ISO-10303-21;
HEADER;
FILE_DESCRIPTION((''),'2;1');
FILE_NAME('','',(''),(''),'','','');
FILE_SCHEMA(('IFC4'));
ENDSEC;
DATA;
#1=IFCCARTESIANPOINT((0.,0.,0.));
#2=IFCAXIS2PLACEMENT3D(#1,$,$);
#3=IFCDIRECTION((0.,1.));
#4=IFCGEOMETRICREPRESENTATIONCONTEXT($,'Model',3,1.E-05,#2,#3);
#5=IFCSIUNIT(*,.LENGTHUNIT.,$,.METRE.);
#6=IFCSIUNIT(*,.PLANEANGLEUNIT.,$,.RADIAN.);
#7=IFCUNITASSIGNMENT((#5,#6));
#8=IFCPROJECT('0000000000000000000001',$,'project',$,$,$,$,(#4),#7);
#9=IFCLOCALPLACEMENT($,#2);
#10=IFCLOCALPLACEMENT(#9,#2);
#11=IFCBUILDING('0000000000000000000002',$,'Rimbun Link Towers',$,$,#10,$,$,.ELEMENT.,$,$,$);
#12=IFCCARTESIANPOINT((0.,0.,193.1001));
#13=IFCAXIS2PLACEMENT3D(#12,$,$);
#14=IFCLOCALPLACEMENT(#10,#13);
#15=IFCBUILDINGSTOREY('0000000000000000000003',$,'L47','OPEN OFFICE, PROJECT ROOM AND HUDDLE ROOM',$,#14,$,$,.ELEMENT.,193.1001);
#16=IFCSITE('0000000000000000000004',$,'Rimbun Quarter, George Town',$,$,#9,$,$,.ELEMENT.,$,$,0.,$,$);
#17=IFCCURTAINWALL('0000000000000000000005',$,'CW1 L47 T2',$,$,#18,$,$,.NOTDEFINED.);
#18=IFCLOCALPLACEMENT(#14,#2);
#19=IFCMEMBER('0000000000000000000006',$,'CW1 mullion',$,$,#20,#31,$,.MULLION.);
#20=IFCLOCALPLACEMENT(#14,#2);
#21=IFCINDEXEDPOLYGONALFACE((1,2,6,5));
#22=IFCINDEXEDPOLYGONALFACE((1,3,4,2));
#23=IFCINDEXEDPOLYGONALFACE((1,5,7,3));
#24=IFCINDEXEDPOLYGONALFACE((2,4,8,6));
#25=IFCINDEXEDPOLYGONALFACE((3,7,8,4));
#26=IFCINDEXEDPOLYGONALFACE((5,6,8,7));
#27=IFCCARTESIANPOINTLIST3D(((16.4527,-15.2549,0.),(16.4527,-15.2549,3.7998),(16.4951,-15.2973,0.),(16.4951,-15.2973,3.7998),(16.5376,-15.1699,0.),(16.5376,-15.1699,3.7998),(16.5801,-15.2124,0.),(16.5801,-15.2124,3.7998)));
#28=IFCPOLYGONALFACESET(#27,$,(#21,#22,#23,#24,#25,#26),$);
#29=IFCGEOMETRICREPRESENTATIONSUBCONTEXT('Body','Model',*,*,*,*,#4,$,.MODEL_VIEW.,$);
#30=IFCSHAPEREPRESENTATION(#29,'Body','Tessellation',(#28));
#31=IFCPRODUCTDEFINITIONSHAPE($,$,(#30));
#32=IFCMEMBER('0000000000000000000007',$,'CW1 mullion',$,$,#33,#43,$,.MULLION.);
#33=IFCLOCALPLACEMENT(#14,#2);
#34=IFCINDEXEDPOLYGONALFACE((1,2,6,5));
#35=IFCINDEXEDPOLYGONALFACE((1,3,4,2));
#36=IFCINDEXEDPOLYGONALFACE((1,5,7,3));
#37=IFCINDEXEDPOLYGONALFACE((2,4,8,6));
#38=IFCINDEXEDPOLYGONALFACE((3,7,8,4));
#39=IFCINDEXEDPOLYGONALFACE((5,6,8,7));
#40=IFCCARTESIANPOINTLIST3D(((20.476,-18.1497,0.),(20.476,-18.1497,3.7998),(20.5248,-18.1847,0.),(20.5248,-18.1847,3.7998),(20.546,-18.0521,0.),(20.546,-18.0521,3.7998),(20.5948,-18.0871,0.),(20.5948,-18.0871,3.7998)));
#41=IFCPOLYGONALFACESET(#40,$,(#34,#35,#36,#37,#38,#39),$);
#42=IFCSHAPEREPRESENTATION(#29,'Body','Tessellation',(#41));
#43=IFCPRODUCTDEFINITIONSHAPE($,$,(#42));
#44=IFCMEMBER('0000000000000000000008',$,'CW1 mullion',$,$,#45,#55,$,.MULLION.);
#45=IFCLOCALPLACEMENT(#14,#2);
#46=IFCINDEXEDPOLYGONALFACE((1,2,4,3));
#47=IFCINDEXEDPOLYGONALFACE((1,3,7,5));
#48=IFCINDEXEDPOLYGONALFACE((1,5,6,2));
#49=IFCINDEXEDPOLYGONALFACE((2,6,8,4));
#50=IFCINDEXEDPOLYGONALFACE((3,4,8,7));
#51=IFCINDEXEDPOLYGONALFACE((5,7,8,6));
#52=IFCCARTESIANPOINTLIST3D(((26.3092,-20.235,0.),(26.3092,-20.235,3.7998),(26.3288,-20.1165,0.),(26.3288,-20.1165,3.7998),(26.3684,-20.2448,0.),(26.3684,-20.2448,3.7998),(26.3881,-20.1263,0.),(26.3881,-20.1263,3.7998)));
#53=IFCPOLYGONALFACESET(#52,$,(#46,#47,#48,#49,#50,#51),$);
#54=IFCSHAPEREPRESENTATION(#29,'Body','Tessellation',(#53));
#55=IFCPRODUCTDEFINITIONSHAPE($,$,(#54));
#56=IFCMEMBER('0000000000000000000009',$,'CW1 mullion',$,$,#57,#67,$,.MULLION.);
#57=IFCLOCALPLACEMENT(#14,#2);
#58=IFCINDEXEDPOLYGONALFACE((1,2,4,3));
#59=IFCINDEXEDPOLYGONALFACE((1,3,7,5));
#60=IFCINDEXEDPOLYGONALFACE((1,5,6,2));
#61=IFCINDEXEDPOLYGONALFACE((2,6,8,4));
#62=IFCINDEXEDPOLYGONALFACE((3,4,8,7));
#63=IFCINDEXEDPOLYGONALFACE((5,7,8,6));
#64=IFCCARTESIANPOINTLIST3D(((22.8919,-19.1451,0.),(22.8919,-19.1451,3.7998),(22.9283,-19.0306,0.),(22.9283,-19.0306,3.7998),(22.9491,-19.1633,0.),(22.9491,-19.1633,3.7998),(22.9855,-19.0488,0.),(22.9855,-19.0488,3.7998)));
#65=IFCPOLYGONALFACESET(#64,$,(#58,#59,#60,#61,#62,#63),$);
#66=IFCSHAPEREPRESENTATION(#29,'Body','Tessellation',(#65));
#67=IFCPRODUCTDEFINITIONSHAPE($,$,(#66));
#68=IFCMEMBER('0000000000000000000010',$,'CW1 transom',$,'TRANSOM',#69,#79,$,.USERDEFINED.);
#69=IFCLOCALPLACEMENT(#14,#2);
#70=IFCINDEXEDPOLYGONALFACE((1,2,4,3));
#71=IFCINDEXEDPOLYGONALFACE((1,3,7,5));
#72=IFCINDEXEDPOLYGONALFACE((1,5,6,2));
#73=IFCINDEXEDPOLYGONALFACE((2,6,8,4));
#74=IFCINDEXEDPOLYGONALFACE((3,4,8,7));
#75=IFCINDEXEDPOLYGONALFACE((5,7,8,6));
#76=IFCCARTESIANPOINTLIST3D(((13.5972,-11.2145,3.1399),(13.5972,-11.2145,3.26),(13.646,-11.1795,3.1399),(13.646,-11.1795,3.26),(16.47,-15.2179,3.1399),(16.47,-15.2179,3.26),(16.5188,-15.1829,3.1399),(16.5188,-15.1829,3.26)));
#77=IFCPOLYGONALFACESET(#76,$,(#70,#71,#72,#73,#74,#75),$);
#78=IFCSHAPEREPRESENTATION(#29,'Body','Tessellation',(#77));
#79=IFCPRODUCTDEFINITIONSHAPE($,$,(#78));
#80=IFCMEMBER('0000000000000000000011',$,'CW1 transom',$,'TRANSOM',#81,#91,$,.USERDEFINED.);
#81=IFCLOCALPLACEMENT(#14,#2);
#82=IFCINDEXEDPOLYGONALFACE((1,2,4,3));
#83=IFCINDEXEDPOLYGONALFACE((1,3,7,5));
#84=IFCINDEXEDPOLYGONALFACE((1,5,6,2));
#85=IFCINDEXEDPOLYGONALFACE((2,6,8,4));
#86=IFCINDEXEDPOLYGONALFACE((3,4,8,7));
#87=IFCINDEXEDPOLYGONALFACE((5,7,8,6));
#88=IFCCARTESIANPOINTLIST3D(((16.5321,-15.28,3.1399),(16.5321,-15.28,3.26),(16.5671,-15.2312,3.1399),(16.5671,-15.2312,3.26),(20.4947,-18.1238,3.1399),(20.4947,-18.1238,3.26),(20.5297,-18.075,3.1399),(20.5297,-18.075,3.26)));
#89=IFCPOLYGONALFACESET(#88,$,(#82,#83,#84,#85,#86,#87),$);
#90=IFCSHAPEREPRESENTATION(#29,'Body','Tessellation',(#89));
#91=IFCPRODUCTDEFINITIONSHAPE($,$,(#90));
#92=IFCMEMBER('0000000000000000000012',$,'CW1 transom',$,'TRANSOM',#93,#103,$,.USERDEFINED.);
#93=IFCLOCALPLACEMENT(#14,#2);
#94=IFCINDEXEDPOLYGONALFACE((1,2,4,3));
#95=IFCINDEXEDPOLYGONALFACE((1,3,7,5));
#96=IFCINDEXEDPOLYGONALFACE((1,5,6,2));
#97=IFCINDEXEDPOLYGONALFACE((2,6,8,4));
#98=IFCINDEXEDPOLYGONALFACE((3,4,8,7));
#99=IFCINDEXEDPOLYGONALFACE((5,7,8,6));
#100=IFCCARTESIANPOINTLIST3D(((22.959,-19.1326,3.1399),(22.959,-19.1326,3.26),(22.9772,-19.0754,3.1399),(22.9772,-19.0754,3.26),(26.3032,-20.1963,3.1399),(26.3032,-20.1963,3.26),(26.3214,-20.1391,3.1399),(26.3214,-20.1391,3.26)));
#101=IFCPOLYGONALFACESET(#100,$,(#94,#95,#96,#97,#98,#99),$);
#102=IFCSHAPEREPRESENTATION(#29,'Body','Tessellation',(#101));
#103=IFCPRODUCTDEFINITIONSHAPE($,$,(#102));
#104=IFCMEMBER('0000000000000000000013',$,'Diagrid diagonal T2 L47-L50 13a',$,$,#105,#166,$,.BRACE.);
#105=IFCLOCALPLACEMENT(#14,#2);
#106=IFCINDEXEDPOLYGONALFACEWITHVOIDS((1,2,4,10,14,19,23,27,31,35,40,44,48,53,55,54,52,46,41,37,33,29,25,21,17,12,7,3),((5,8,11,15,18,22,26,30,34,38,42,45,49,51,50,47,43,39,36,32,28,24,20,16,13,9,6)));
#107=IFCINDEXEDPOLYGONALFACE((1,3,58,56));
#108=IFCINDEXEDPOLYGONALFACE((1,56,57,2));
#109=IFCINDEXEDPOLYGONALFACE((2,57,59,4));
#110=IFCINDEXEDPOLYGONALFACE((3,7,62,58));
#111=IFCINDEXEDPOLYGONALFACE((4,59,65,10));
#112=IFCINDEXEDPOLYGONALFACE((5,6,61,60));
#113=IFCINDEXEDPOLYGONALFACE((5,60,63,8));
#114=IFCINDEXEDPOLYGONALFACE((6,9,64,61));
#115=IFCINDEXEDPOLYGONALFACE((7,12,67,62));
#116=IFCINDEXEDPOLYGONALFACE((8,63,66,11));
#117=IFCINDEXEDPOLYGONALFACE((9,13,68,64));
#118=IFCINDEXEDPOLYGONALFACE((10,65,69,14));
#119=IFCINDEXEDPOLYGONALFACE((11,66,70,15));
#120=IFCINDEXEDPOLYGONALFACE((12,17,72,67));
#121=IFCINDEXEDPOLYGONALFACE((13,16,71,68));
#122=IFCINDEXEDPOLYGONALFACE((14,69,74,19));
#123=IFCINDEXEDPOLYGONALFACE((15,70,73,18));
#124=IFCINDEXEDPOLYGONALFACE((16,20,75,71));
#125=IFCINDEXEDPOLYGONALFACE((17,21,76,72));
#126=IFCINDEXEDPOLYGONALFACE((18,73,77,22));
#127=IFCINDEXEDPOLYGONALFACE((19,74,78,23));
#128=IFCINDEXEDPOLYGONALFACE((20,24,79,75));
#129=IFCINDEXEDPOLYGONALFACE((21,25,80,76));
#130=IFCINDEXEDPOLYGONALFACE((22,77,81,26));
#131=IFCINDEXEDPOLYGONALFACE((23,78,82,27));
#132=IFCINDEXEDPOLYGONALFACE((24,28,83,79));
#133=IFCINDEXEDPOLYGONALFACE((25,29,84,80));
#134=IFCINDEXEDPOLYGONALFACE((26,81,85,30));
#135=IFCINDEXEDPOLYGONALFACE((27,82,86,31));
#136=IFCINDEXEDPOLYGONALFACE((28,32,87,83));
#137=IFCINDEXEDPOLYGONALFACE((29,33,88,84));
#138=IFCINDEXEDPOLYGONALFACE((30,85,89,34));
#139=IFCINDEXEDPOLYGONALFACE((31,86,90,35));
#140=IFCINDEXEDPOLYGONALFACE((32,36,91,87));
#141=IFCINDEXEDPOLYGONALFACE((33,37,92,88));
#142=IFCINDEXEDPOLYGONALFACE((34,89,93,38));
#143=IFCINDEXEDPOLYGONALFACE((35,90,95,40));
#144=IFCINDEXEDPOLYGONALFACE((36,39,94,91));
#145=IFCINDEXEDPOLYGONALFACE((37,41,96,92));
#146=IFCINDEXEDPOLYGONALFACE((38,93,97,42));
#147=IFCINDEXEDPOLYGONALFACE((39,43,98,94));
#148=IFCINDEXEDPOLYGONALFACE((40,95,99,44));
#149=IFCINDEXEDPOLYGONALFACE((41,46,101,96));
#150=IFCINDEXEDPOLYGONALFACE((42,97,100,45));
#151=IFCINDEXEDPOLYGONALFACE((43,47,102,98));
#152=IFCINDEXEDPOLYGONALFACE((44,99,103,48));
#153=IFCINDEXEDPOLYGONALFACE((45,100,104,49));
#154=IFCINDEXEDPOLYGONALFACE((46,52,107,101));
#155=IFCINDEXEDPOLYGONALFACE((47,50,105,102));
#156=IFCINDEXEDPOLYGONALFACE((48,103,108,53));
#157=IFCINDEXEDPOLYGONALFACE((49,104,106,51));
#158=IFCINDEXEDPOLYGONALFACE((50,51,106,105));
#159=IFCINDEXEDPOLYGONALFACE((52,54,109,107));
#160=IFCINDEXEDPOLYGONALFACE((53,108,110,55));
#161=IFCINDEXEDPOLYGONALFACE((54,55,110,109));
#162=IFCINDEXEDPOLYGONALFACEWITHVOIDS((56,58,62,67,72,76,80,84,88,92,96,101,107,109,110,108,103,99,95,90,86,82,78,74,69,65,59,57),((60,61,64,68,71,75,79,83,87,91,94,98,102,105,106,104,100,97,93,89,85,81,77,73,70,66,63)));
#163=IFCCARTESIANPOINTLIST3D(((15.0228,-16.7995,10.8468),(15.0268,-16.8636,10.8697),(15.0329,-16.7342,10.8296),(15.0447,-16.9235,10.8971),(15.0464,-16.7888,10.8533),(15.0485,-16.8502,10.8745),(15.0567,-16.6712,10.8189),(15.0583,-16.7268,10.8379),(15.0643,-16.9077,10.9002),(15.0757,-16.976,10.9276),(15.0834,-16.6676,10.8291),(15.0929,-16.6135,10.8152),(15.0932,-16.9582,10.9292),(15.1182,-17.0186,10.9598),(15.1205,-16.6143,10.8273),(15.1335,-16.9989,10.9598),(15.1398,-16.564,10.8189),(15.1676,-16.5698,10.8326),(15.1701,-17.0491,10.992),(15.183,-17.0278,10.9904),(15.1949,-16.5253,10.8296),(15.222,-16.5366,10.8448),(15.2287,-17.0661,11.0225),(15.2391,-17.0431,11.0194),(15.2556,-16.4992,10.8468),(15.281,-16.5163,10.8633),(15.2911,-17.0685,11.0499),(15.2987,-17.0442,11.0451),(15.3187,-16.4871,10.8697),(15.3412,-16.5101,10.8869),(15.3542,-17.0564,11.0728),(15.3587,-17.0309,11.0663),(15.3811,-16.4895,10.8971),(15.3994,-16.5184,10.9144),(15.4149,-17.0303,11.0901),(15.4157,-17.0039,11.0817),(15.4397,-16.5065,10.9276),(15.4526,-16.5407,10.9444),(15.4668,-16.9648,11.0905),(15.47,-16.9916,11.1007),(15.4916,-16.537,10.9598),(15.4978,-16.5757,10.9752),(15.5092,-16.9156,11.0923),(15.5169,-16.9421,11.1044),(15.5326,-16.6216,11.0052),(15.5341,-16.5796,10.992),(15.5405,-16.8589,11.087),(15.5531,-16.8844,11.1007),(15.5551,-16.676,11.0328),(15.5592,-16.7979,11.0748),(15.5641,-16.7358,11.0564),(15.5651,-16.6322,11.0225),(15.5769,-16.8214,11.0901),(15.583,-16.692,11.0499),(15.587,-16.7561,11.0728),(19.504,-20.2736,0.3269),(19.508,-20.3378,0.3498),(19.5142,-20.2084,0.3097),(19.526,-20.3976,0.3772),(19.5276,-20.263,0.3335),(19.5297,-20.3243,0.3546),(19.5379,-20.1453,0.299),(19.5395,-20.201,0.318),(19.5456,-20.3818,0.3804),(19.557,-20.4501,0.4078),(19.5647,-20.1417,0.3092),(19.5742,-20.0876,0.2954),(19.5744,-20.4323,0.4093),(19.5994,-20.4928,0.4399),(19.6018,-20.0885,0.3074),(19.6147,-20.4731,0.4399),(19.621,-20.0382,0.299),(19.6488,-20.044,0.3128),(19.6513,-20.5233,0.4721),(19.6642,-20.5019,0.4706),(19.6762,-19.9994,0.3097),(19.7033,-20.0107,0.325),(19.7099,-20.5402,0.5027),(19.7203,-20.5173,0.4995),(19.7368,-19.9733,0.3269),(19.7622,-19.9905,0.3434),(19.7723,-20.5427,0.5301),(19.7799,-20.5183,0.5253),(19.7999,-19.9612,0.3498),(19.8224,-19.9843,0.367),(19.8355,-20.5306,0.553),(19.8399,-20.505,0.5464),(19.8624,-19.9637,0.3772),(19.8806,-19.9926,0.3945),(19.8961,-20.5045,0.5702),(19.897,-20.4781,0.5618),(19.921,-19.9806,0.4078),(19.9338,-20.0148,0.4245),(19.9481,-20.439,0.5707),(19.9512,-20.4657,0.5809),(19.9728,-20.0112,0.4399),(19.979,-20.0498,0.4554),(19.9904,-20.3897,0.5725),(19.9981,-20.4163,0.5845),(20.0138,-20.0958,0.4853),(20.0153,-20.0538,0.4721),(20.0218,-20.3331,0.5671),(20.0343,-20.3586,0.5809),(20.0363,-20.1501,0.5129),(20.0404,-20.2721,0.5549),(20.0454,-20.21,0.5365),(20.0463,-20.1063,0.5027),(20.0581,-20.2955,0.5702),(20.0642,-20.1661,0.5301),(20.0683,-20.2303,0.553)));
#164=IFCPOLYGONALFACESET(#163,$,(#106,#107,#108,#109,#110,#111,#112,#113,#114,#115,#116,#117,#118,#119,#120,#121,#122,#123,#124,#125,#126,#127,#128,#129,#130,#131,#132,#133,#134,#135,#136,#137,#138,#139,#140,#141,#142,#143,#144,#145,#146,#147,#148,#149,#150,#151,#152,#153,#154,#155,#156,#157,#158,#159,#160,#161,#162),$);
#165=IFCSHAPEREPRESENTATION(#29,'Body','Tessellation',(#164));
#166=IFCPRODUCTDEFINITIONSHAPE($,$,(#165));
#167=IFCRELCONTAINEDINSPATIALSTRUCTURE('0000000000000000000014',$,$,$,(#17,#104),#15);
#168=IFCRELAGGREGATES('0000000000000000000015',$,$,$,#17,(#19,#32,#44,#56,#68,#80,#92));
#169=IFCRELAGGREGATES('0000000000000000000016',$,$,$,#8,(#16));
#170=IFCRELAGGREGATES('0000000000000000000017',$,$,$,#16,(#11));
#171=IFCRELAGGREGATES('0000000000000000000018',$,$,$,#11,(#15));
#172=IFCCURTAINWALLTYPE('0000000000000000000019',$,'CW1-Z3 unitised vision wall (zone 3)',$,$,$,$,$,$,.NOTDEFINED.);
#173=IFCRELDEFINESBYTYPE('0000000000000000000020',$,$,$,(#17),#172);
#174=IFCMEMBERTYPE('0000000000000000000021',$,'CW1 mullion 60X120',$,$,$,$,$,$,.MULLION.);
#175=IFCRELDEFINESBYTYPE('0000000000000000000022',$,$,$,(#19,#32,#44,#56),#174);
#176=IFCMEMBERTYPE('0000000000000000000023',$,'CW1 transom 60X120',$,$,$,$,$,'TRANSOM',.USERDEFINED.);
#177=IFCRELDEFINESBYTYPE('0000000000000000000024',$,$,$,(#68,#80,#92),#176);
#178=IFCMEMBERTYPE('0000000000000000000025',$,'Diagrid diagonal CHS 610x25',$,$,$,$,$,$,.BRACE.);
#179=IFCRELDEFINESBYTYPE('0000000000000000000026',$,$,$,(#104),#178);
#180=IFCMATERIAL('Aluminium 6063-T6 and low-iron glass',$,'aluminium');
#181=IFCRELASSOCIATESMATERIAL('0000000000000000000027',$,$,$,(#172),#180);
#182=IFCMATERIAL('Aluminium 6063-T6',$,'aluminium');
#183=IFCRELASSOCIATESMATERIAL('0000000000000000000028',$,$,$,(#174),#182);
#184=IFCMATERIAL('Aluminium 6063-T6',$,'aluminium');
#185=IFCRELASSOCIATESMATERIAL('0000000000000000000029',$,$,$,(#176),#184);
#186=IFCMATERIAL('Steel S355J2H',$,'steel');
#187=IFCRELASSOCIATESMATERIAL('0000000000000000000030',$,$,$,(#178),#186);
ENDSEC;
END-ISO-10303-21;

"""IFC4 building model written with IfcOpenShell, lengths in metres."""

from ifc_helpers import new_model, si_unit, direction, frame, origin, origin_2d, place, context, subcontext, project, spatial, rectangle, hollow_circle, extrude, material, material_profile, profile_set, type_object, element, aggregate, save


model = new_model("IFC4")

# Units and contexts
model_context = context("Model", 3, precision=1e-05, world=origin(), true_north=direction((0.0, 1.0)))
body_context = subcontext(model_context, "Body", "Model", "MODEL_VIEW")
ifc_project = project(units=[si_unit("LENGTHUNIT", "METRE"), si_unit("PLANEANGLEUNIT", "RADIAN")], contexts=[model_context])

# Site, building, storey
site_placement = place(None, origin())
site = spatial("IfcSite", under=ifc_project, at=site_placement, Name="Rimbun Quarter, George Town", CompositionType="ELEMENT", RefElevation=0.0)
building_placement = place(site_placement, origin())
building = spatial("IfcBuilding", under=site, at=building_placement, Name="Rimbun Link Towers", CompositionType="ELEMENT")
storey_placement = place(building_placement, frame((0.0, 0.0, 193.1001)))
storey = spatial("IfcBuildingStorey", under=building, at=storey_placement, Name="L47", Description="OPEN OFFICE, PROJECT ROOM AND HUDDLE ROOM", CompositionType="ELEMENT", Elevation=193.1001)

# Curtain wall, members
ifc_material_1 = material(Name="Aluminium 6063-T6 and low-iron glass", Category="aluminium")
curtain_wall_type = type_object("IfcCurtainWallType", Name="CW1-Z3 unitised vision wall (zone 3)", PredefinedType="NOTDEFINED", material=ifc_material_1)
curtain_wall_placement = place(storey_placement, origin())
curtain_wall = element("IfcCurtainWall", 1, at=curtain_wall_placement, inside=storey, type_object=curtain_wall_type, Name="CW1 L47 T2", PredefinedType="NOTDEFINED")
ifc_material_2 = material(Name="Aluminium 6063-T6", Category="aluminium")
ifc_material_profile_1 = material_profile(ifc_material_2, rectangle(XDim=0.1201, YDim=0.0601, at=origin_2d()), Name="MULLION 60X120")
ifc_profile_set_1 = profile_set([ifc_material_profile_1], Name="Aluminium 6063-T6")
member_type_1 = type_object("IfcMemberType", Name="CW1 mullion 60X120", PredefinedType="MULLION", material=ifc_profile_set_1)
member_1_placement = place(storey_placement, frame((16.5164, -15.2336, 0.0), z_axis=(0.0, 0.0, 1.0), x_axis=(-0.707107, -0.707107, 0.0)))
member_1 = element("IfcMember", 2, at=member_1_placement, type_object=member_type_1, Name="CW1 mullion", PredefinedType="MULLION", context=body_context, shape_type="SweptSolid", body=[
    extrude(rectangle(XDim=0.1201, YDim=0.0601, at=origin_2d()), origin(), (0.0, 0.0, 1.0), 3.7998),
])
member_2_placement = place(storey_placement, frame((20.5354, -18.1184, 0.0), z_axis=(0.0, 0.0, 1.0), x_axis=(-0.583009, -0.812465, 0.0)))
member_2 = element("IfcMember", 3, at=member_2_placement, type_object=member_type_1, Name="CW1 mullion", PredefinedType="MULLION", context=body_context, shape_type="SweptSolid", body=[
    extrude(rectangle(XDim=0.1201, YDim=0.0601, at=origin_2d()), origin(), (0.0, 0.0, 1.0), 3.7998),
])
member_3_placement = place(storey_placement, frame((26.3486, -20.1807, 0.0), z_axis=(0.0, 0.0, 1.0), x_axis=(-0.16375, -0.986502, 0.0)))
member_3 = element("IfcMember", 4, at=member_3_placement, type_object=member_type_1, Name="CW1 mullion", PredefinedType="MULLION", context=body_context, shape_type="SweptSolid", body=[
    extrude(rectangle(XDim=0.1201, YDim=0.0601, at=origin_2d()), origin(), (0.0, 0.0, 1.0), 3.7998),
])
member_4_placement = place(storey_placement, frame((22.9387, -19.0969, 0.0), z_axis=(0.0, 0.0, 1.0), x_axis=(-0.303071, -0.952968, 0.0)))
member_4 = element("IfcMember", 5, at=member_4_placement, type_object=member_type_1, Name="CW1 mullion", PredefinedType="MULLION", context=body_context, shape_type="SweptSolid", body=[
    extrude(rectangle(XDim=0.1201, YDim=0.0601, at=origin_2d()), origin(), (0.0, 0.0, 1.0), 3.7998),
])
ifc_material_3 = material(Name="Aluminium 6063-T6", Category="aluminium")
ifc_material_profile_2 = material_profile(ifc_material_3, rectangle(XDim=0.0601, YDim=0.1201, at=origin_2d()), Name="TRANSOM 60X120")
ifc_profile_set_2 = profile_set([ifc_material_profile_2], Name="Aluminium 6063-T6")
member_type_2 = type_object("IfcMemberType", Name="CW1 transom 60X120", ElementType="TRANSOM", PredefinedType="USERDEFINED", material=ifc_profile_set_2)
member_5_placement = place(storey_placement, frame((16.4944, -15.2004, 3.2), z_axis=(-0.583013, 0.812463, 0.0), x_axis=(-0.812463, -0.583013, 0.0)))
member_5 = element("IfcMember", 6, at=member_5_placement, type_object=member_type_2, Name="CW1 transom", ObjectType="TRANSOM", PredefinedType="USERDEFINED", context=body_context, shape_type="SweptSolid", body=[
    extrude(rectangle(XDim=0.0601, YDim=0.1201, at=origin_2d()), origin(), (0.0, 0.0, 1.0), 4.9275),
])
member_6_placement = place(storey_placement, frame((20.5122, -18.0994, 3.2), z_axis=(-0.812443, 0.583041, 0.0), x_axis=(-0.583041, -0.812443, 0.0)))
member_6 = element("IfcMember", 7, at=member_6_placement, type_object=member_type_2, Name="CW1 transom", ObjectType="TRANSOM", PredefinedType="USERDEFINED", context=body_context, shape_type="SweptSolid", body=[
    extrude(rectangle(XDim=0.0601, YDim=0.1201, at=origin_2d()), origin(), (0.0, 0.0, 1.0), 4.8774),
])
member_7_placement = place(storey_placement, frame((26.3123, -20.1677, 3.2), z_axis=(-0.952955, 0.303112, 0.0), x_axis=(-0.303112, -0.952955, 0.0)))
member_7 = element("IfcMember", 8, at=member_7_placement, type_object=member_type_2, Name="CW1 transom", ObjectType="TRANSOM", PredefinedType="USERDEFINED", context=body_context, shape_type="SweptSolid", body=[
    extrude(rectangle(XDim=0.0601, YDim=0.1201, at=origin_2d()), origin(), (0.0, 0.0, 1.0), 3.5093),
])

# Member
ifc_material_4 = material(Name="Steel S355J2H", Category="steel")
ifc_material_profile_3 = material_profile(ifc_material_4, hollow_circle(Radius=0.3047, WallThickness=0.0249, at=origin_2d()), Name="Diagrid diagonal CHS 610x25")
ifc_profile_set_3 = profile_set([ifc_material_profile_3], Name="Steel S355J2H")
member_type_3 = type_object("IfcMemberType", Name="Diagrid diagonal CHS 610x25", PredefinedType="BRACE", material=ifc_profile_set_3)
member_8_placement = place(storey_placement, frame((19.7861, -20.252, 0.4399), z_axis=(-0.374978, 0.290707, 0.880273), x_axis=(-0.612703, -0.790313, 0.0)))
element("IfcMember", 9, at=member_8_placement, inside=storey, type_object=member_type_3, Name="Diagrid diagonal T2 L47-L50 13a", PredefinedType="BRACE", context=body_context, shape_type="SweptSolid", body=[
    extrude(hollow_circle(Radius=0.3047, WallThickness=0.0249, at=origin_2d()), origin(), (0.0, 0.0, 1.0), 11.9507),
])

aggregate(curtain_wall, [member_1, member_2, member_3, member_4, member_5, member_6, member_7])

save(model, "model.ifc")
